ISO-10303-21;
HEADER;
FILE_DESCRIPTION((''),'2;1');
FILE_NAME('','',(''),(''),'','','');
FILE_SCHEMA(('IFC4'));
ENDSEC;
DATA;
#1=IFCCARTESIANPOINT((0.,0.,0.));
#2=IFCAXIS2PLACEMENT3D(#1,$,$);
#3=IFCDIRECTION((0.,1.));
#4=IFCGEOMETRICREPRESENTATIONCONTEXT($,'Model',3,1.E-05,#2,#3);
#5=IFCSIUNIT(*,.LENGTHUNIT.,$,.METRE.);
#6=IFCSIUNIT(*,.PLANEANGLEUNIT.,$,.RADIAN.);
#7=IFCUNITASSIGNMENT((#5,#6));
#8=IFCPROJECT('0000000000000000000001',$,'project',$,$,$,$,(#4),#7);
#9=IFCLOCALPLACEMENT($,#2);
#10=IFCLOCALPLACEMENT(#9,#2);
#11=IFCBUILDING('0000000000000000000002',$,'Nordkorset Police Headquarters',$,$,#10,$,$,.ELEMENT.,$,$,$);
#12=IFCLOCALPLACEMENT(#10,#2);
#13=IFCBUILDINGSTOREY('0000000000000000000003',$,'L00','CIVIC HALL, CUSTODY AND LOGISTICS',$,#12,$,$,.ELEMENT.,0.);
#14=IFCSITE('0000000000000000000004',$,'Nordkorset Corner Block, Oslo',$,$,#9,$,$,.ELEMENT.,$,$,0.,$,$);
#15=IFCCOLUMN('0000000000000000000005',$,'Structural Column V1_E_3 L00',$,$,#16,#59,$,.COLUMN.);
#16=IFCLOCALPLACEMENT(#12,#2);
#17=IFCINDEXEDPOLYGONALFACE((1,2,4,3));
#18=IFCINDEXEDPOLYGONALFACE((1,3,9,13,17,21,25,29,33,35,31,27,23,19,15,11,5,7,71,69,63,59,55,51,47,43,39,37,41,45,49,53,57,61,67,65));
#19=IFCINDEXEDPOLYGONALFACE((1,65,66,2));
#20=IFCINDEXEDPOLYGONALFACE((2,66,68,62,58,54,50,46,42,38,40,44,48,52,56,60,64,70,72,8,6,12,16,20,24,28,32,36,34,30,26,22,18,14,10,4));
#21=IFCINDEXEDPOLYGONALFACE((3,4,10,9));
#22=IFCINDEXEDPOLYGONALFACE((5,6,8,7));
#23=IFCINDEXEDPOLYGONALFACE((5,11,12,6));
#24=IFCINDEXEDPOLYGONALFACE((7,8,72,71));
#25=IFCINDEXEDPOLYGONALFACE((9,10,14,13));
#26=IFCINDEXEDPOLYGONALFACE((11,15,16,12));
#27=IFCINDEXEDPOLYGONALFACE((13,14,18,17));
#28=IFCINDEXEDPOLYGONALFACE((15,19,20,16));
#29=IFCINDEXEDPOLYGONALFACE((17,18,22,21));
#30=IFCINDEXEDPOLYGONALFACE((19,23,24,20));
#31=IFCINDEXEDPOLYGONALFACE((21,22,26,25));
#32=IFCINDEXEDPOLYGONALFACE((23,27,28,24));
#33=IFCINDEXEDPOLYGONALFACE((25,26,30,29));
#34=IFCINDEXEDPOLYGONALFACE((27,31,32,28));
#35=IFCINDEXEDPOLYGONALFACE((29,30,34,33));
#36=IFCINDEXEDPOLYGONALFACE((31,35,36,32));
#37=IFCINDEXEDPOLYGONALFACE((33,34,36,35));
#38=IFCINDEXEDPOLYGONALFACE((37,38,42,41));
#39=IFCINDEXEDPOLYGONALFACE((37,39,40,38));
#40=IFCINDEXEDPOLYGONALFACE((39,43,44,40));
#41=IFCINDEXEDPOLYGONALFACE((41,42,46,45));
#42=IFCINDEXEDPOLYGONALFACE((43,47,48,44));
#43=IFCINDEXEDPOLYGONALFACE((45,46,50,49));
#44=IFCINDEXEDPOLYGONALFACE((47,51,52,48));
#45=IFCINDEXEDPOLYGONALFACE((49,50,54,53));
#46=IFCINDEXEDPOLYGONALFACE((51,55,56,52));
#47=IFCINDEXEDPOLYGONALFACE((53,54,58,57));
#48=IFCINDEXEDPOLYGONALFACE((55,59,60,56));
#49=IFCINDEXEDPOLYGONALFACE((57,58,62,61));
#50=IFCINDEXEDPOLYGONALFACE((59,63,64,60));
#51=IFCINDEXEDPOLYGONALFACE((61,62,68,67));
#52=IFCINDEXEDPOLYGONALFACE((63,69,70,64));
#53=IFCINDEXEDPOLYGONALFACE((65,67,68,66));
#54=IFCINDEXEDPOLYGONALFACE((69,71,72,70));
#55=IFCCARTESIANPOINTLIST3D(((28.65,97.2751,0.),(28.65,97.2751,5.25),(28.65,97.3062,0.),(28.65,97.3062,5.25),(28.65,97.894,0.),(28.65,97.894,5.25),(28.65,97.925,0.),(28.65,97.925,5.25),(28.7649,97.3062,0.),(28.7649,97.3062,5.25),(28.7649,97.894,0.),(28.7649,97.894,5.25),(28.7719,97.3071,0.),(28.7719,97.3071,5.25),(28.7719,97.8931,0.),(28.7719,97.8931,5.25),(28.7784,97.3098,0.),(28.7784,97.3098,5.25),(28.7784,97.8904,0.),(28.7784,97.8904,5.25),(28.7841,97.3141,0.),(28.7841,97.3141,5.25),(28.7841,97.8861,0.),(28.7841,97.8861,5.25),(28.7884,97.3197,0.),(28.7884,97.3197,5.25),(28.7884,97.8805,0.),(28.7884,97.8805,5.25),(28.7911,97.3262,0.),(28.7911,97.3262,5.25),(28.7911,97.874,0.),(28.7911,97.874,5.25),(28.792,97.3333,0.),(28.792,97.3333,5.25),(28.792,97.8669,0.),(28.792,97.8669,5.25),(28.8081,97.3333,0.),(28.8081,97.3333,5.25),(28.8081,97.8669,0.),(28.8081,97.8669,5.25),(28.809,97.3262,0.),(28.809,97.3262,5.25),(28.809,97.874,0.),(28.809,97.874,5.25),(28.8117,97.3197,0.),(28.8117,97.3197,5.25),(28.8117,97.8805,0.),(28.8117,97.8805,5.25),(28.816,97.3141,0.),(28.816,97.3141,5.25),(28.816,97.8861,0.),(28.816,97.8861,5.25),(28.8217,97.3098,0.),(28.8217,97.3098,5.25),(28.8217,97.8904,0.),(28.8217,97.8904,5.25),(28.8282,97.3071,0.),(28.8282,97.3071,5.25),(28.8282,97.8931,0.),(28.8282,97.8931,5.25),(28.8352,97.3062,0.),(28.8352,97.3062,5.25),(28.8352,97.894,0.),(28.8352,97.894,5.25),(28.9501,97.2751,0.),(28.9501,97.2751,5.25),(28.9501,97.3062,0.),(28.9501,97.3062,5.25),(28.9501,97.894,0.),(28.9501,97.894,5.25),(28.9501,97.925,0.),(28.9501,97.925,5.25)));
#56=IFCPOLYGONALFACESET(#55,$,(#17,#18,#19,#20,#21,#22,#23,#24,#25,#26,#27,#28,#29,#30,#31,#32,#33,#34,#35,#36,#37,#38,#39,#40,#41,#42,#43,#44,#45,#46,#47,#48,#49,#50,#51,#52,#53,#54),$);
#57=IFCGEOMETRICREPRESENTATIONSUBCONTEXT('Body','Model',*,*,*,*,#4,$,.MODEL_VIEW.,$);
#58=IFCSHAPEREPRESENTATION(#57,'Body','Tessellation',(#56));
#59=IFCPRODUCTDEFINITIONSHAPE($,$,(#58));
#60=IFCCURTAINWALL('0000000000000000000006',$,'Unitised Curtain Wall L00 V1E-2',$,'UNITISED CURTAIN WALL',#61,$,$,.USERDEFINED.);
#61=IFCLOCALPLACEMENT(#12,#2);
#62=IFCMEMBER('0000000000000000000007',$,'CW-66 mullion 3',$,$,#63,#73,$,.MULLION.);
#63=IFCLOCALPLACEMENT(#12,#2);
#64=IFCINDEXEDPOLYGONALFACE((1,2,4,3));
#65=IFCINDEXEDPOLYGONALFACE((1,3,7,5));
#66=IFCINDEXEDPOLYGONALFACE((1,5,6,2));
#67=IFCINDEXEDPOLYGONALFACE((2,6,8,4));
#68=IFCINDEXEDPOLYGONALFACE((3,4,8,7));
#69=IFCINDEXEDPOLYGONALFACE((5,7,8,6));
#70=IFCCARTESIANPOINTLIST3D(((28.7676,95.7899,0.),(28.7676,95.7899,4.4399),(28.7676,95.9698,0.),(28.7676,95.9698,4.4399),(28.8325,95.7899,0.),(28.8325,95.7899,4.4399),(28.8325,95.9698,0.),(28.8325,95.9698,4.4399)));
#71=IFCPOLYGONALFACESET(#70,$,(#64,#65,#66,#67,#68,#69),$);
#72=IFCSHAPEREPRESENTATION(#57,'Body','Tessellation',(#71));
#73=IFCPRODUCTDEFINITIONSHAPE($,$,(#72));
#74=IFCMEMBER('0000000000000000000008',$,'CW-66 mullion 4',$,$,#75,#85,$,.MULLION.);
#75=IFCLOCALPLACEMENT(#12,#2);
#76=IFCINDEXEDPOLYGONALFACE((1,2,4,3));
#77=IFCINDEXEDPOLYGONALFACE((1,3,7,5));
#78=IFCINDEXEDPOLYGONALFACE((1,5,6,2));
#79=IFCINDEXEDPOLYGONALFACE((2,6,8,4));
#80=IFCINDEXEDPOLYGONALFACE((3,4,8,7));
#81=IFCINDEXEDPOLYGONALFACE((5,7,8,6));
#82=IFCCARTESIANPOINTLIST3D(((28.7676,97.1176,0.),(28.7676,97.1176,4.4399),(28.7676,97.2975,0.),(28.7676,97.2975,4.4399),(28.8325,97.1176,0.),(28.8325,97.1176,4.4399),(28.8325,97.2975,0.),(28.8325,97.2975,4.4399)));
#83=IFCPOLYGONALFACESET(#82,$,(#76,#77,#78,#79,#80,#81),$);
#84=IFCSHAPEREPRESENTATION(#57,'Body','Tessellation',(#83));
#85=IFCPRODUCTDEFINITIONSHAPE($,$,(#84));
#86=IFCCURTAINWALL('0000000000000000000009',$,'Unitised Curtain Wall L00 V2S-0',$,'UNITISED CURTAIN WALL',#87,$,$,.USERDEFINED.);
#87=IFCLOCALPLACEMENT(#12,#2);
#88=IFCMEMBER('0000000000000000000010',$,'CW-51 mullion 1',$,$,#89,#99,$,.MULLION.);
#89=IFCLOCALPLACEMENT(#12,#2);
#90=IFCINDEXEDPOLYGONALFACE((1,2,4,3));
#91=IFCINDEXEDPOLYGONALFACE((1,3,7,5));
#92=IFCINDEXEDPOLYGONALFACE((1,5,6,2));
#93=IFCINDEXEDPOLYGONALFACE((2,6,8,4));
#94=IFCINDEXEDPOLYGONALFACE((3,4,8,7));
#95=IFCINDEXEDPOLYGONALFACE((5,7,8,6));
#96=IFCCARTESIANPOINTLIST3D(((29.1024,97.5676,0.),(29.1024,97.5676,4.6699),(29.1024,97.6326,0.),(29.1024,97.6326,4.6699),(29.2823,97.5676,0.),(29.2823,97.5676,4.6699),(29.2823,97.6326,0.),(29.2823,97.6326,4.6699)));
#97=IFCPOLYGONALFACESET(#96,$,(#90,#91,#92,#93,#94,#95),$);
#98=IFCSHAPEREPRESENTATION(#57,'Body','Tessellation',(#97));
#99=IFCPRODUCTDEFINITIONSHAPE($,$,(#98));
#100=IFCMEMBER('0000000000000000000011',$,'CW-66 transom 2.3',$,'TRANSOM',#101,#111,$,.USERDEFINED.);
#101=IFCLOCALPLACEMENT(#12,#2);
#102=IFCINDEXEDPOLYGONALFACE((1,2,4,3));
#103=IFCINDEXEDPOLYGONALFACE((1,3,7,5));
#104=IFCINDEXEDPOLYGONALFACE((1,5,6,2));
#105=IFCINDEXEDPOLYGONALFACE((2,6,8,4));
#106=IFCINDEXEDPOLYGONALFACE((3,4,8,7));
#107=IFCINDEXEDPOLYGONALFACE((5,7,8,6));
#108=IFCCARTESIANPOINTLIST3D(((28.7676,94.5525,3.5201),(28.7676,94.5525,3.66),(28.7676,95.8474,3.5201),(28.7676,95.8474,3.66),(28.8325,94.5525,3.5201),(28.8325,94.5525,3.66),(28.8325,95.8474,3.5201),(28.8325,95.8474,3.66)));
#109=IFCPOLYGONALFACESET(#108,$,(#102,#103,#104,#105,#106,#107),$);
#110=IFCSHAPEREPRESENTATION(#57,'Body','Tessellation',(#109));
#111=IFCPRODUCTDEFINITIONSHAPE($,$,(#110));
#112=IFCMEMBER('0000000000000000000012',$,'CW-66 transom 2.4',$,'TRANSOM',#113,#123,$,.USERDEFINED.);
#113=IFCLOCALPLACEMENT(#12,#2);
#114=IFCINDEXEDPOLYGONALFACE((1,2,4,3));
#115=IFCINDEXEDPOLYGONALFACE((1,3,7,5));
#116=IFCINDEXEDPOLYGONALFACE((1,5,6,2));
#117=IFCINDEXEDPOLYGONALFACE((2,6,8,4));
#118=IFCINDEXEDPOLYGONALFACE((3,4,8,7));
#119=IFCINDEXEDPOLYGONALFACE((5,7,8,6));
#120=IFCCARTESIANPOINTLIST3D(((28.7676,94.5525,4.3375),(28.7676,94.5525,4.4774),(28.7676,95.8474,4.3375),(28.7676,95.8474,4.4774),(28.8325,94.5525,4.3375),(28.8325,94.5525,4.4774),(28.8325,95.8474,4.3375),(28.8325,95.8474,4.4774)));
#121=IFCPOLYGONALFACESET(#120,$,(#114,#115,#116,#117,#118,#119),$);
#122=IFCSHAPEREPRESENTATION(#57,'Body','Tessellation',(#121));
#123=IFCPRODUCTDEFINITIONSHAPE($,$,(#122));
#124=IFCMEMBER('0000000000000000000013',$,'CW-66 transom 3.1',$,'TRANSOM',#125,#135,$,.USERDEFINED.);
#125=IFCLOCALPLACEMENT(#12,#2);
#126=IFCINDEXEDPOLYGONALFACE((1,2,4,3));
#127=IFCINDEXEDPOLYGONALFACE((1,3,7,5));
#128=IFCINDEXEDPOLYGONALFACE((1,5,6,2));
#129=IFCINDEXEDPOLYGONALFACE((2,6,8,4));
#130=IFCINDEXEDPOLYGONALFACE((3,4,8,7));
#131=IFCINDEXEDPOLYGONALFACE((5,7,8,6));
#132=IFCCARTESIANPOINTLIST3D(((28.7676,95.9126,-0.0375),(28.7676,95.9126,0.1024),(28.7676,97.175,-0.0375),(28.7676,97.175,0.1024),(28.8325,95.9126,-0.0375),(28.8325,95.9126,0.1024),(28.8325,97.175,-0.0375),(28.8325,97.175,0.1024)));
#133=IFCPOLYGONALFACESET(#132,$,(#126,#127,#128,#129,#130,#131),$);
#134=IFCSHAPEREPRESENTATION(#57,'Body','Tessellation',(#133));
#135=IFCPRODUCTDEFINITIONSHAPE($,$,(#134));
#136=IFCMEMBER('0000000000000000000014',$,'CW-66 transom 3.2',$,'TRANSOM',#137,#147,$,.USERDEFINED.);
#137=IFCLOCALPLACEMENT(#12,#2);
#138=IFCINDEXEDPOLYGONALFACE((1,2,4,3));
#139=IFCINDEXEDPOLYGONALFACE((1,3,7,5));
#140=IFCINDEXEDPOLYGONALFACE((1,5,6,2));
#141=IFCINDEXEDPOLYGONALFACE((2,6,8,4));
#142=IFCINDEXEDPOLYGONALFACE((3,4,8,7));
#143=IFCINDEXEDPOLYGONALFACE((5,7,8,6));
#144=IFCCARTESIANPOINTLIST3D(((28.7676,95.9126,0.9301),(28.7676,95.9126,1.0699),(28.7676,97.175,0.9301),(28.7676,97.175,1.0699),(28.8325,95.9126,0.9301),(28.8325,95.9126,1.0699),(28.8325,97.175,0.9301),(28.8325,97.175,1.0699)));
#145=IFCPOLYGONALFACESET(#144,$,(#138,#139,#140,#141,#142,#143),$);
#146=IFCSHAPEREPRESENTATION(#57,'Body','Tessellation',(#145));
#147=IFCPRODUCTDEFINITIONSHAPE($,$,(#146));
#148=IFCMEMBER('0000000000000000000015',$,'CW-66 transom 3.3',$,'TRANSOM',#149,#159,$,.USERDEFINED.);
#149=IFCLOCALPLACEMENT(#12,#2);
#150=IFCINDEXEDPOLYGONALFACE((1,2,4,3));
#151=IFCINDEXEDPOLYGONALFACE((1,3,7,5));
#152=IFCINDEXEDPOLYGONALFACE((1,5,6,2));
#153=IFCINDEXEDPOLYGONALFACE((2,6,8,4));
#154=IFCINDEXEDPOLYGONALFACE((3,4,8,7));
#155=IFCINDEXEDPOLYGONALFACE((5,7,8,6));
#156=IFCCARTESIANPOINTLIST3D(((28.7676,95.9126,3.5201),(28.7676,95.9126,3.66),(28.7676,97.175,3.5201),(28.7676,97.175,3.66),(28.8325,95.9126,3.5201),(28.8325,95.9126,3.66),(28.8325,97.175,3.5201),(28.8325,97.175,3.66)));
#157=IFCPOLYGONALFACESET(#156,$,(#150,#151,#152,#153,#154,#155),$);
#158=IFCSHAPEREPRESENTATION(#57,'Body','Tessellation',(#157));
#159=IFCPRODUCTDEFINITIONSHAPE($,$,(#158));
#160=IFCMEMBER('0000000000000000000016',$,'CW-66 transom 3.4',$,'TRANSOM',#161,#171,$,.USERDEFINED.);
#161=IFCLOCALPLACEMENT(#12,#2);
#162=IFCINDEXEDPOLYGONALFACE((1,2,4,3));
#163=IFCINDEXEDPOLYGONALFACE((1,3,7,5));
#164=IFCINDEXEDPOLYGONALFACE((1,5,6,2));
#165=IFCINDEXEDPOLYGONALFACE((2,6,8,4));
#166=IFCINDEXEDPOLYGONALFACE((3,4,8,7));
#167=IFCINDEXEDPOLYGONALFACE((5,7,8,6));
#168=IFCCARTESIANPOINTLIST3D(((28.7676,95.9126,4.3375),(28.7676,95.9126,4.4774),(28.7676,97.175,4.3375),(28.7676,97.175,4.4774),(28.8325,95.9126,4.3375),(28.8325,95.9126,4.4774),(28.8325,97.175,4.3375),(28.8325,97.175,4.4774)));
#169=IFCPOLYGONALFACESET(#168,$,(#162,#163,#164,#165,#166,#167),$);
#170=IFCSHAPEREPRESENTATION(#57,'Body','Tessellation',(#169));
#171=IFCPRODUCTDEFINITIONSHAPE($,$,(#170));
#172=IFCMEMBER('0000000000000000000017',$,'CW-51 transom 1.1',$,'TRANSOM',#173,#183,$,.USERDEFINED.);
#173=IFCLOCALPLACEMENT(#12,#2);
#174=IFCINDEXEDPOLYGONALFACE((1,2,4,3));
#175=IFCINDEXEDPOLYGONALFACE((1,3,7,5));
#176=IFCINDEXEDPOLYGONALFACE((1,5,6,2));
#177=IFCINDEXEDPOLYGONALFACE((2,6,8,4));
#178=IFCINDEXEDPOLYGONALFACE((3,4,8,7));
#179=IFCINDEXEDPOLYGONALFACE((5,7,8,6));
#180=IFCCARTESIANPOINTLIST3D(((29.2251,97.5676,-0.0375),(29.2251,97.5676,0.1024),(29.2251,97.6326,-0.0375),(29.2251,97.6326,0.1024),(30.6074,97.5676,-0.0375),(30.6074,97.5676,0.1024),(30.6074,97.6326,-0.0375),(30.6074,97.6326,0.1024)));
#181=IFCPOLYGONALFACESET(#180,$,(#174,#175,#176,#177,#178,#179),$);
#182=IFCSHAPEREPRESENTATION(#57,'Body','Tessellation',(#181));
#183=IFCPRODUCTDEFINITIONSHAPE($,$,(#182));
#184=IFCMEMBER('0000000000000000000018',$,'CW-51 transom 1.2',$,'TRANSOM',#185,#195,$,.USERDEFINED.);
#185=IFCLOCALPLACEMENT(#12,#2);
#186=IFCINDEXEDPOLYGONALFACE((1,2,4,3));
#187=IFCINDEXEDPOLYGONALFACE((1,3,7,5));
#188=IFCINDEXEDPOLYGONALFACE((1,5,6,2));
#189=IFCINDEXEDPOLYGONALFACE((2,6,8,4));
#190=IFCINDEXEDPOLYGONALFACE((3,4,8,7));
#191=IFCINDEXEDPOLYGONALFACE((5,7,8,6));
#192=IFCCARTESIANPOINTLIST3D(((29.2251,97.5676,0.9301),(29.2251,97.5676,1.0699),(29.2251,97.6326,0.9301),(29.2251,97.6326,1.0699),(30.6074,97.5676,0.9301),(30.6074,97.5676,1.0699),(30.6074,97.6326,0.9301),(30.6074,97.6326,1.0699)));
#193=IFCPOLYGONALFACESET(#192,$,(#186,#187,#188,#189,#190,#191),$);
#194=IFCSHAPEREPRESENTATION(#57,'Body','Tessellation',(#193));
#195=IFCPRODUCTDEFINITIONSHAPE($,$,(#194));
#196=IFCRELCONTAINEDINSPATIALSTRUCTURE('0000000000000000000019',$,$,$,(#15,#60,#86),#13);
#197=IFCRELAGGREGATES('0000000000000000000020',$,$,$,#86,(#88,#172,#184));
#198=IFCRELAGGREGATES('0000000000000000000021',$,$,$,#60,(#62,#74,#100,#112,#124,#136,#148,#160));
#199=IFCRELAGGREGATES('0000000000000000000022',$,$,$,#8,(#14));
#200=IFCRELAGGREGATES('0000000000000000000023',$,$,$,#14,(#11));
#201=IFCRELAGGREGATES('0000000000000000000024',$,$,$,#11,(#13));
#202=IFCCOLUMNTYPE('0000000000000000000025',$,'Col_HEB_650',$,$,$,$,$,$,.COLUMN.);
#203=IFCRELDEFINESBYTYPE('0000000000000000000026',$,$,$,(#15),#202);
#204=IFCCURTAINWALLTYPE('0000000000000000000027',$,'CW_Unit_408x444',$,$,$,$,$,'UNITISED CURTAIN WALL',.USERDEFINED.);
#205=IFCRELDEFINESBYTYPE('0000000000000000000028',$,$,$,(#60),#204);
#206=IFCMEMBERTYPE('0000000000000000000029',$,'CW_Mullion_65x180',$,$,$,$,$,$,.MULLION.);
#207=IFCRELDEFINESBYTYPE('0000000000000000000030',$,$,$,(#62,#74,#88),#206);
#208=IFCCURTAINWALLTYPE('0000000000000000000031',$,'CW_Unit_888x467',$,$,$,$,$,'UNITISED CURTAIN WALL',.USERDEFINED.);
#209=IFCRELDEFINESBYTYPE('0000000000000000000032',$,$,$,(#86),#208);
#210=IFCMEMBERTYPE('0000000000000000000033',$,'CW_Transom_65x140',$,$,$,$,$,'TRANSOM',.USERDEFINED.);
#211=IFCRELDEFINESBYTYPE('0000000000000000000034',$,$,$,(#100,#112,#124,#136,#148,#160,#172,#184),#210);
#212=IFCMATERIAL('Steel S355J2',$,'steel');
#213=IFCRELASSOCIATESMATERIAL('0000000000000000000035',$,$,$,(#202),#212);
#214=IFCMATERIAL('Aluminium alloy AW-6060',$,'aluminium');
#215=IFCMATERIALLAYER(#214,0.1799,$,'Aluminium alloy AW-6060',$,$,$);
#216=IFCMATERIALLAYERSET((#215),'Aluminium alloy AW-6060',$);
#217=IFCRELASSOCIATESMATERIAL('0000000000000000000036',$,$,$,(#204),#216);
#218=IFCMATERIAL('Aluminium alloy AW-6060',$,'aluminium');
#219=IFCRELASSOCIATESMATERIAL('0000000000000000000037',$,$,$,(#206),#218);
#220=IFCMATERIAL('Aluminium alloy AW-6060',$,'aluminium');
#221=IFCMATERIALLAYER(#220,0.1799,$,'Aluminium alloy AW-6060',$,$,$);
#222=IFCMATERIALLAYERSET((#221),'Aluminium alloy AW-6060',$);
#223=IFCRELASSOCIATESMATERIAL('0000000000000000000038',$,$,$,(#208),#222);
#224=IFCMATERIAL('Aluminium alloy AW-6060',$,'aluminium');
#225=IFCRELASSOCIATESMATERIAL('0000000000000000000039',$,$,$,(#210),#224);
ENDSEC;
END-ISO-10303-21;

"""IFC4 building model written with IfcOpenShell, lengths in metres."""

from ifc_helpers import new_model, si_unit, direction, frame, origin, origin_2d, place, context, subcontext, project, spatial, rectangle, i_section, extrude, material, layer, layer_set, material_profile, profile_set, type_object, element, aggregate, save


model = new_model("IFC4")

# Units and contexts
model_context = context("Model", 3, precision=1e-05, world=origin(), true_north=direction((0.0, 1.0)))
body_context = subcontext(model_context, "Body", "Model", "MODEL_VIEW")
ifc_project = project(units=[si_unit("LENGTHUNIT", "METRE"), si_unit("PLANEANGLEUNIT", "RADIAN")], contexts=[model_context])

# Site, building, storey
site_placement = place(None, origin())
site = spatial("IfcSite", under=ifc_project, at=site_placement, Name="Nordkorset Corner Block, Oslo", CompositionType="ELEMENT", RefElevation=0.0)
building_placement = place(site_placement, origin())
building = spatial("IfcBuilding", under=site, at=building_placement, Name="Nordkorset Police Headquarters", CompositionType="ELEMENT")
storey_placement = place(building_placement, origin())
storey = spatial("IfcBuildingStorey", under=building, at=storey_placement, Name="L00", Description="CIVIC HALL, CUSTODY AND LOGISTICS", CompositionType="ELEMENT", Elevation=0.0)

# Column
ifc_material_1 = material(Name="Steel S355J2", Category="steel")
ifc_material_profile_1 = material_profile(ifc_material_1, i_section(OverallWidth=0.3, OverallDepth=0.6499, WebThickness=0.0161, FlangeThickness=0.031, FilletRadius=0.0271, at=origin_2d()), Name="HEB 650")
ifc_profile_set_1 = profile_set([ifc_material_profile_1], Name="Steel S355J2")
column_type = type_object("IfcColumnType", Name="Col_HEB_650", PredefinedType="COLUMN", material=ifc_profile_set_1)
column_placement = place(storey_placement, frame((28.8, 97.6001, 0.0), z_axis=(0.0, 0.0, 1.0), x_axis=(1.0, 0.0, 0.0)))
element("IfcColumn", 1, at=column_placement, inside=storey, type_object=column_type, Name="Structural Column V1_E_3 L00", PredefinedType="COLUMN", context=body_context, shape_type="SweptSolid", body=[
    extrude(i_section(OverallWidth=0.3, OverallDepth=0.6499, WebThickness=0.0161, FlangeThickness=0.031, FilletRadius=0.0271, at=origin_2d()), origin(), (0.0, 0.0, 1.0), 5.25),
])

# Curtain wall, members
ifc_material_2 = material(Name="Aluminium alloy AW-6060", Category="aluminium")
ifc_layer_1 = layer(ifc_material_2, 0.1799, Name="Aluminium alloy AW-6060")
ifc_layer_set_1 = layer_set([ifc_layer_1], Name="Aluminium alloy AW-6060")
curtain_wall_type_1 = type_object("IfcCurtainWallType", Name="CW_Unit_408x444", ElementType="UNITISED CURTAIN WALL", PredefinedType="USERDEFINED", material=ifc_layer_set_1)
curtain_wall_1_placement = place(storey_placement, origin())
curtain_wall_1 = element("IfcCurtainWall", 2, at=curtain_wall_1_placement, inside=storey, type_object=curtain_wall_type_1, Name="Unitised Curtain Wall L00 V1E-2", ObjectType="UNITISED CURTAIN WALL", PredefinedType="USERDEFINED")
ifc_material_3 = material(Name="Aluminium alloy AW-6060", Category="aluminium")
ifc_material_profile_2 = material_profile(ifc_material_3, rectangle(XDim=0.0649, YDim=0.1799, at=origin_2d()), Name="ALU MULL 65x180")
ifc_profile_set_2 = profile_set([ifc_material_profile_2], Name="Aluminium alloy AW-6060")
member_type_1 = type_object("IfcMemberType", Name="CW_Mullion_65x180", PredefinedType="MULLION", material=ifc_profile_set_2)
member_1_placement = place(storey_placement, frame((28.8, 95.8799, 0.0), z_axis=(0.0, 0.0, 1.0), x_axis=(-1.0, 0.0, 0.0)))
member_1 = element("IfcMember", 3, at=member_1_placement, type_object=member_type_1, Name="CW-66 mullion 3", PredefinedType="MULLION", context=body_context, shape_type="SweptSolid", body=[
    extrude(rectangle(XDim=0.0649, YDim=0.1799, at=origin_2d()), origin(), (0.0, 0.0, 1.0), 4.4399),
])
member_2_placement = place(storey_placement, frame((28.8, 97.2075, 0.0), z_axis=(0.0, 0.0, 1.0), x_axis=(-1.0, 0.0, 0.0)))
member_2 = element("IfcMember", 4, at=member_2_placement, type_object=member_type_1, Name="CW-66 mullion 4", PredefinedType="MULLION", context=body_context, shape_type="SweptSolid", body=[
    extrude(rectangle(XDim=0.0649, YDim=0.1799, at=origin_2d()), origin(), (0.0, 0.0, 1.0), 4.4399),
])

# Curtain wall, member
ifc_material_4 = material(Name="Aluminium alloy AW-6060", Category="aluminium")
ifc_layer_2 = layer(ifc_material_4, 0.1799, Name="Aluminium alloy AW-6060")
ifc_layer_set_2 = layer_set([ifc_layer_2], Name="Aluminium alloy AW-6060")
curtain_wall_type_2 = type_object("IfcCurtainWallType", Name="CW_Unit_888x467", ElementType="UNITISED CURTAIN WALL", PredefinedType="USERDEFINED", material=ifc_layer_set_2)
curtain_wall_2_placement = place(storey_placement, origin())
curtain_wall_2 = element("IfcCurtainWall", 5, at=curtain_wall_2_placement, inside=storey, type_object=curtain_wall_type_2, Name="Unitised Curtain Wall L00 V2S-0", ObjectType="UNITISED CURTAIN WALL", PredefinedType="USERDEFINED")
member_3_placement = place(storey_placement, frame((29.1924, 97.6001, 0.0), z_axis=(0.0, 0.0, 1.0), x_axis=(0.0, 1.0, 0.0)))
member_3 = element("IfcMember", 6, at=member_3_placement, type_object=member_type_1, Name="CW-51 mullion 1", PredefinedType="MULLION", context=body_context, shape_type="SweptSolid", body=[
    extrude(rectangle(XDim=0.0649, YDim=0.1799, at=origin_2d()), origin(), (0.0, 0.0, 1.0), 4.6699),
])

# Members
ifc_material_5 = material(Name="Aluminium alloy AW-6060", Category="aluminium")
ifc_material_profile_3 = material_profile(ifc_material_5, rectangle(XDim=0.0649, YDim=0.1399, at=origin_2d()), Name="ALU TRAN 65x140")
ifc_profile_set_3 = profile_set([ifc_material_profile_3], Name="Aluminium alloy AW-6060")
member_type_2 = type_object("IfcMemberType", Name="CW_Transom_65x140", ElementType="TRANSOM", PredefinedType="USERDEFINED", material=ifc_profile_set_3)
member_4_placement = place(storey_placement, frame((28.8, 94.5525, 3.5901), z_axis=(0.0, 1.0, 0.0), x_axis=(-1.0, 0.0, 0.0)))
member_4 = element("IfcMember", 7, at=member_4_placement, type_object=member_type_2, Name="CW-66 transom 2.3", ObjectType="TRANSOM", PredefinedType="USERDEFINED", context=body_context, shape_type="SweptSolid", body=[
    extrude(rectangle(XDim=0.0649, YDim=0.1399, at=origin_2d()), origin(), (0.0, 0.0, 1.0), 1.2949),
])
member_5_placement = place(storey_placement, frame((28.8, 94.5525, 4.4075), z_axis=(0.0, 1.0, 0.0), x_axis=(-1.0, 0.0, 0.0)))
member_5 = element("IfcMember", 8, at=member_5_placement, type_object=member_type_2, Name="CW-66 transom 2.4", ObjectType="TRANSOM", PredefinedType="USERDEFINED", context=body_context, shape_type="SweptSolid", body=[
    extrude(rectangle(XDim=0.0649, YDim=0.1399, at=origin_2d()), origin(), (0.0, 0.0, 1.0), 1.2949),
])
member_6_placement = place(storey_placement, frame((28.8, 95.9126, 0.0325), z_axis=(0.0, 1.0, 0.0), x_axis=(-1.0, 0.0, 0.0)))
member_6 = element("IfcMember", 9, at=member_6_placement, type_object=member_type_2, Name="CW-66 transom 3.1", ObjectType="TRANSOM", PredefinedType="USERDEFINED", context=body_context, shape_type="SweptSolid", body=[
    extrude(rectangle(XDim=0.0649, YDim=0.1399, at=origin_2d()), origin(), (0.0, 0.0, 1.0), 1.2625),
])
member_7_placement = place(storey_placement, frame((28.8, 95.9126, 1.0), z_axis=(0.0, 1.0, 0.0), x_axis=(-1.0, 0.0, 0.0)))
member_7 = element("IfcMember", 10, at=member_7_placement, type_object=member_type_2, Name="CW-66 transom 3.2", ObjectType="TRANSOM", PredefinedType="USERDEFINED", context=body_context, shape_type="SweptSolid", body=[
    extrude(rectangle(XDim=0.0649, YDim=0.1399, at=origin_2d()), origin(), (0.0, 0.0, 1.0), 1.2625),
])
member_8_placement = place(storey_placement, frame((28.8, 95.9126, 3.5901), z_axis=(0.0, 1.0, 0.0), x_axis=(-1.0, 0.0, 0.0)))
member_8 = element("IfcMember", 11, at=member_8_placement, type_object=member_type_2, Name="CW-66 transom 3.3", ObjectType="TRANSOM", PredefinedType="USERDEFINED", context=body_context, shape_type="SweptSolid", body=[
    extrude(rectangle(XDim=0.0649, YDim=0.1399, at=origin_2d()), origin(), (0.0, 0.0, 1.0), 1.2625),
])
member_9_placement = place(storey_placement, frame((28.8, 95.9126, 4.4075), z_axis=(0.0, 1.0, 0.0), x_axis=(-1.0, 0.0, 0.0)))
member_9 = element("IfcMember", 12, at=member_9_placement, type_object=member_type_2, Name="CW-66 transom 3.4", ObjectType="TRANSOM", PredefinedType="USERDEFINED", context=body_context, shape_type="SweptSolid", body=[
    extrude(rectangle(XDim=0.0649, YDim=0.1399, at=origin_2d()), origin(), (0.0, 0.0, 1.0), 1.2625),
])
member_10_placement = place(storey_placement, frame((29.2251, 97.6001, 0.0325), z_axis=(1.0, 0.0, 0.0), x_axis=(0.0, 1.0, 0.0)))
member_10 = element("IfcMember", 13, at=member_10_placement, type_object=member_type_2, Name="CW-51 transom 1.1", ObjectType="TRANSOM", PredefinedType="USERDEFINED", context=body_context, shape_type="SweptSolid", body=[
    extrude(rectangle(XDim=0.0649, YDim=0.1399, at=origin_2d()), origin(), (0.0, 0.0, 1.0), 1.3823),
])
member_11_placement = place(storey_placement, frame((29.2251, 97.6001, 1.0), z_axis=(1.0, 0.0, 0.0), x_axis=(0.0, 1.0, 0.0)))
member_11 = element("IfcMember", 14, at=member_11_placement, type_object=member_type_2, Name="CW-51 transom 1.2", ObjectType="TRANSOM", PredefinedType="USERDEFINED", context=body_context, shape_type="SweptSolid", body=[
    extrude(rectangle(XDim=0.0649, YDim=0.1399, at=origin_2d()), origin(), (0.0, 0.0, 1.0), 1.3823),
])
aggregate(curtain_wall_2, [member_3, member_10, member_11])

aggregate(curtain_wall_1, [member_1, member_2, member_4, member_5, member_6, member_7, member_8, member_9])

save(model, "model.ifc")
